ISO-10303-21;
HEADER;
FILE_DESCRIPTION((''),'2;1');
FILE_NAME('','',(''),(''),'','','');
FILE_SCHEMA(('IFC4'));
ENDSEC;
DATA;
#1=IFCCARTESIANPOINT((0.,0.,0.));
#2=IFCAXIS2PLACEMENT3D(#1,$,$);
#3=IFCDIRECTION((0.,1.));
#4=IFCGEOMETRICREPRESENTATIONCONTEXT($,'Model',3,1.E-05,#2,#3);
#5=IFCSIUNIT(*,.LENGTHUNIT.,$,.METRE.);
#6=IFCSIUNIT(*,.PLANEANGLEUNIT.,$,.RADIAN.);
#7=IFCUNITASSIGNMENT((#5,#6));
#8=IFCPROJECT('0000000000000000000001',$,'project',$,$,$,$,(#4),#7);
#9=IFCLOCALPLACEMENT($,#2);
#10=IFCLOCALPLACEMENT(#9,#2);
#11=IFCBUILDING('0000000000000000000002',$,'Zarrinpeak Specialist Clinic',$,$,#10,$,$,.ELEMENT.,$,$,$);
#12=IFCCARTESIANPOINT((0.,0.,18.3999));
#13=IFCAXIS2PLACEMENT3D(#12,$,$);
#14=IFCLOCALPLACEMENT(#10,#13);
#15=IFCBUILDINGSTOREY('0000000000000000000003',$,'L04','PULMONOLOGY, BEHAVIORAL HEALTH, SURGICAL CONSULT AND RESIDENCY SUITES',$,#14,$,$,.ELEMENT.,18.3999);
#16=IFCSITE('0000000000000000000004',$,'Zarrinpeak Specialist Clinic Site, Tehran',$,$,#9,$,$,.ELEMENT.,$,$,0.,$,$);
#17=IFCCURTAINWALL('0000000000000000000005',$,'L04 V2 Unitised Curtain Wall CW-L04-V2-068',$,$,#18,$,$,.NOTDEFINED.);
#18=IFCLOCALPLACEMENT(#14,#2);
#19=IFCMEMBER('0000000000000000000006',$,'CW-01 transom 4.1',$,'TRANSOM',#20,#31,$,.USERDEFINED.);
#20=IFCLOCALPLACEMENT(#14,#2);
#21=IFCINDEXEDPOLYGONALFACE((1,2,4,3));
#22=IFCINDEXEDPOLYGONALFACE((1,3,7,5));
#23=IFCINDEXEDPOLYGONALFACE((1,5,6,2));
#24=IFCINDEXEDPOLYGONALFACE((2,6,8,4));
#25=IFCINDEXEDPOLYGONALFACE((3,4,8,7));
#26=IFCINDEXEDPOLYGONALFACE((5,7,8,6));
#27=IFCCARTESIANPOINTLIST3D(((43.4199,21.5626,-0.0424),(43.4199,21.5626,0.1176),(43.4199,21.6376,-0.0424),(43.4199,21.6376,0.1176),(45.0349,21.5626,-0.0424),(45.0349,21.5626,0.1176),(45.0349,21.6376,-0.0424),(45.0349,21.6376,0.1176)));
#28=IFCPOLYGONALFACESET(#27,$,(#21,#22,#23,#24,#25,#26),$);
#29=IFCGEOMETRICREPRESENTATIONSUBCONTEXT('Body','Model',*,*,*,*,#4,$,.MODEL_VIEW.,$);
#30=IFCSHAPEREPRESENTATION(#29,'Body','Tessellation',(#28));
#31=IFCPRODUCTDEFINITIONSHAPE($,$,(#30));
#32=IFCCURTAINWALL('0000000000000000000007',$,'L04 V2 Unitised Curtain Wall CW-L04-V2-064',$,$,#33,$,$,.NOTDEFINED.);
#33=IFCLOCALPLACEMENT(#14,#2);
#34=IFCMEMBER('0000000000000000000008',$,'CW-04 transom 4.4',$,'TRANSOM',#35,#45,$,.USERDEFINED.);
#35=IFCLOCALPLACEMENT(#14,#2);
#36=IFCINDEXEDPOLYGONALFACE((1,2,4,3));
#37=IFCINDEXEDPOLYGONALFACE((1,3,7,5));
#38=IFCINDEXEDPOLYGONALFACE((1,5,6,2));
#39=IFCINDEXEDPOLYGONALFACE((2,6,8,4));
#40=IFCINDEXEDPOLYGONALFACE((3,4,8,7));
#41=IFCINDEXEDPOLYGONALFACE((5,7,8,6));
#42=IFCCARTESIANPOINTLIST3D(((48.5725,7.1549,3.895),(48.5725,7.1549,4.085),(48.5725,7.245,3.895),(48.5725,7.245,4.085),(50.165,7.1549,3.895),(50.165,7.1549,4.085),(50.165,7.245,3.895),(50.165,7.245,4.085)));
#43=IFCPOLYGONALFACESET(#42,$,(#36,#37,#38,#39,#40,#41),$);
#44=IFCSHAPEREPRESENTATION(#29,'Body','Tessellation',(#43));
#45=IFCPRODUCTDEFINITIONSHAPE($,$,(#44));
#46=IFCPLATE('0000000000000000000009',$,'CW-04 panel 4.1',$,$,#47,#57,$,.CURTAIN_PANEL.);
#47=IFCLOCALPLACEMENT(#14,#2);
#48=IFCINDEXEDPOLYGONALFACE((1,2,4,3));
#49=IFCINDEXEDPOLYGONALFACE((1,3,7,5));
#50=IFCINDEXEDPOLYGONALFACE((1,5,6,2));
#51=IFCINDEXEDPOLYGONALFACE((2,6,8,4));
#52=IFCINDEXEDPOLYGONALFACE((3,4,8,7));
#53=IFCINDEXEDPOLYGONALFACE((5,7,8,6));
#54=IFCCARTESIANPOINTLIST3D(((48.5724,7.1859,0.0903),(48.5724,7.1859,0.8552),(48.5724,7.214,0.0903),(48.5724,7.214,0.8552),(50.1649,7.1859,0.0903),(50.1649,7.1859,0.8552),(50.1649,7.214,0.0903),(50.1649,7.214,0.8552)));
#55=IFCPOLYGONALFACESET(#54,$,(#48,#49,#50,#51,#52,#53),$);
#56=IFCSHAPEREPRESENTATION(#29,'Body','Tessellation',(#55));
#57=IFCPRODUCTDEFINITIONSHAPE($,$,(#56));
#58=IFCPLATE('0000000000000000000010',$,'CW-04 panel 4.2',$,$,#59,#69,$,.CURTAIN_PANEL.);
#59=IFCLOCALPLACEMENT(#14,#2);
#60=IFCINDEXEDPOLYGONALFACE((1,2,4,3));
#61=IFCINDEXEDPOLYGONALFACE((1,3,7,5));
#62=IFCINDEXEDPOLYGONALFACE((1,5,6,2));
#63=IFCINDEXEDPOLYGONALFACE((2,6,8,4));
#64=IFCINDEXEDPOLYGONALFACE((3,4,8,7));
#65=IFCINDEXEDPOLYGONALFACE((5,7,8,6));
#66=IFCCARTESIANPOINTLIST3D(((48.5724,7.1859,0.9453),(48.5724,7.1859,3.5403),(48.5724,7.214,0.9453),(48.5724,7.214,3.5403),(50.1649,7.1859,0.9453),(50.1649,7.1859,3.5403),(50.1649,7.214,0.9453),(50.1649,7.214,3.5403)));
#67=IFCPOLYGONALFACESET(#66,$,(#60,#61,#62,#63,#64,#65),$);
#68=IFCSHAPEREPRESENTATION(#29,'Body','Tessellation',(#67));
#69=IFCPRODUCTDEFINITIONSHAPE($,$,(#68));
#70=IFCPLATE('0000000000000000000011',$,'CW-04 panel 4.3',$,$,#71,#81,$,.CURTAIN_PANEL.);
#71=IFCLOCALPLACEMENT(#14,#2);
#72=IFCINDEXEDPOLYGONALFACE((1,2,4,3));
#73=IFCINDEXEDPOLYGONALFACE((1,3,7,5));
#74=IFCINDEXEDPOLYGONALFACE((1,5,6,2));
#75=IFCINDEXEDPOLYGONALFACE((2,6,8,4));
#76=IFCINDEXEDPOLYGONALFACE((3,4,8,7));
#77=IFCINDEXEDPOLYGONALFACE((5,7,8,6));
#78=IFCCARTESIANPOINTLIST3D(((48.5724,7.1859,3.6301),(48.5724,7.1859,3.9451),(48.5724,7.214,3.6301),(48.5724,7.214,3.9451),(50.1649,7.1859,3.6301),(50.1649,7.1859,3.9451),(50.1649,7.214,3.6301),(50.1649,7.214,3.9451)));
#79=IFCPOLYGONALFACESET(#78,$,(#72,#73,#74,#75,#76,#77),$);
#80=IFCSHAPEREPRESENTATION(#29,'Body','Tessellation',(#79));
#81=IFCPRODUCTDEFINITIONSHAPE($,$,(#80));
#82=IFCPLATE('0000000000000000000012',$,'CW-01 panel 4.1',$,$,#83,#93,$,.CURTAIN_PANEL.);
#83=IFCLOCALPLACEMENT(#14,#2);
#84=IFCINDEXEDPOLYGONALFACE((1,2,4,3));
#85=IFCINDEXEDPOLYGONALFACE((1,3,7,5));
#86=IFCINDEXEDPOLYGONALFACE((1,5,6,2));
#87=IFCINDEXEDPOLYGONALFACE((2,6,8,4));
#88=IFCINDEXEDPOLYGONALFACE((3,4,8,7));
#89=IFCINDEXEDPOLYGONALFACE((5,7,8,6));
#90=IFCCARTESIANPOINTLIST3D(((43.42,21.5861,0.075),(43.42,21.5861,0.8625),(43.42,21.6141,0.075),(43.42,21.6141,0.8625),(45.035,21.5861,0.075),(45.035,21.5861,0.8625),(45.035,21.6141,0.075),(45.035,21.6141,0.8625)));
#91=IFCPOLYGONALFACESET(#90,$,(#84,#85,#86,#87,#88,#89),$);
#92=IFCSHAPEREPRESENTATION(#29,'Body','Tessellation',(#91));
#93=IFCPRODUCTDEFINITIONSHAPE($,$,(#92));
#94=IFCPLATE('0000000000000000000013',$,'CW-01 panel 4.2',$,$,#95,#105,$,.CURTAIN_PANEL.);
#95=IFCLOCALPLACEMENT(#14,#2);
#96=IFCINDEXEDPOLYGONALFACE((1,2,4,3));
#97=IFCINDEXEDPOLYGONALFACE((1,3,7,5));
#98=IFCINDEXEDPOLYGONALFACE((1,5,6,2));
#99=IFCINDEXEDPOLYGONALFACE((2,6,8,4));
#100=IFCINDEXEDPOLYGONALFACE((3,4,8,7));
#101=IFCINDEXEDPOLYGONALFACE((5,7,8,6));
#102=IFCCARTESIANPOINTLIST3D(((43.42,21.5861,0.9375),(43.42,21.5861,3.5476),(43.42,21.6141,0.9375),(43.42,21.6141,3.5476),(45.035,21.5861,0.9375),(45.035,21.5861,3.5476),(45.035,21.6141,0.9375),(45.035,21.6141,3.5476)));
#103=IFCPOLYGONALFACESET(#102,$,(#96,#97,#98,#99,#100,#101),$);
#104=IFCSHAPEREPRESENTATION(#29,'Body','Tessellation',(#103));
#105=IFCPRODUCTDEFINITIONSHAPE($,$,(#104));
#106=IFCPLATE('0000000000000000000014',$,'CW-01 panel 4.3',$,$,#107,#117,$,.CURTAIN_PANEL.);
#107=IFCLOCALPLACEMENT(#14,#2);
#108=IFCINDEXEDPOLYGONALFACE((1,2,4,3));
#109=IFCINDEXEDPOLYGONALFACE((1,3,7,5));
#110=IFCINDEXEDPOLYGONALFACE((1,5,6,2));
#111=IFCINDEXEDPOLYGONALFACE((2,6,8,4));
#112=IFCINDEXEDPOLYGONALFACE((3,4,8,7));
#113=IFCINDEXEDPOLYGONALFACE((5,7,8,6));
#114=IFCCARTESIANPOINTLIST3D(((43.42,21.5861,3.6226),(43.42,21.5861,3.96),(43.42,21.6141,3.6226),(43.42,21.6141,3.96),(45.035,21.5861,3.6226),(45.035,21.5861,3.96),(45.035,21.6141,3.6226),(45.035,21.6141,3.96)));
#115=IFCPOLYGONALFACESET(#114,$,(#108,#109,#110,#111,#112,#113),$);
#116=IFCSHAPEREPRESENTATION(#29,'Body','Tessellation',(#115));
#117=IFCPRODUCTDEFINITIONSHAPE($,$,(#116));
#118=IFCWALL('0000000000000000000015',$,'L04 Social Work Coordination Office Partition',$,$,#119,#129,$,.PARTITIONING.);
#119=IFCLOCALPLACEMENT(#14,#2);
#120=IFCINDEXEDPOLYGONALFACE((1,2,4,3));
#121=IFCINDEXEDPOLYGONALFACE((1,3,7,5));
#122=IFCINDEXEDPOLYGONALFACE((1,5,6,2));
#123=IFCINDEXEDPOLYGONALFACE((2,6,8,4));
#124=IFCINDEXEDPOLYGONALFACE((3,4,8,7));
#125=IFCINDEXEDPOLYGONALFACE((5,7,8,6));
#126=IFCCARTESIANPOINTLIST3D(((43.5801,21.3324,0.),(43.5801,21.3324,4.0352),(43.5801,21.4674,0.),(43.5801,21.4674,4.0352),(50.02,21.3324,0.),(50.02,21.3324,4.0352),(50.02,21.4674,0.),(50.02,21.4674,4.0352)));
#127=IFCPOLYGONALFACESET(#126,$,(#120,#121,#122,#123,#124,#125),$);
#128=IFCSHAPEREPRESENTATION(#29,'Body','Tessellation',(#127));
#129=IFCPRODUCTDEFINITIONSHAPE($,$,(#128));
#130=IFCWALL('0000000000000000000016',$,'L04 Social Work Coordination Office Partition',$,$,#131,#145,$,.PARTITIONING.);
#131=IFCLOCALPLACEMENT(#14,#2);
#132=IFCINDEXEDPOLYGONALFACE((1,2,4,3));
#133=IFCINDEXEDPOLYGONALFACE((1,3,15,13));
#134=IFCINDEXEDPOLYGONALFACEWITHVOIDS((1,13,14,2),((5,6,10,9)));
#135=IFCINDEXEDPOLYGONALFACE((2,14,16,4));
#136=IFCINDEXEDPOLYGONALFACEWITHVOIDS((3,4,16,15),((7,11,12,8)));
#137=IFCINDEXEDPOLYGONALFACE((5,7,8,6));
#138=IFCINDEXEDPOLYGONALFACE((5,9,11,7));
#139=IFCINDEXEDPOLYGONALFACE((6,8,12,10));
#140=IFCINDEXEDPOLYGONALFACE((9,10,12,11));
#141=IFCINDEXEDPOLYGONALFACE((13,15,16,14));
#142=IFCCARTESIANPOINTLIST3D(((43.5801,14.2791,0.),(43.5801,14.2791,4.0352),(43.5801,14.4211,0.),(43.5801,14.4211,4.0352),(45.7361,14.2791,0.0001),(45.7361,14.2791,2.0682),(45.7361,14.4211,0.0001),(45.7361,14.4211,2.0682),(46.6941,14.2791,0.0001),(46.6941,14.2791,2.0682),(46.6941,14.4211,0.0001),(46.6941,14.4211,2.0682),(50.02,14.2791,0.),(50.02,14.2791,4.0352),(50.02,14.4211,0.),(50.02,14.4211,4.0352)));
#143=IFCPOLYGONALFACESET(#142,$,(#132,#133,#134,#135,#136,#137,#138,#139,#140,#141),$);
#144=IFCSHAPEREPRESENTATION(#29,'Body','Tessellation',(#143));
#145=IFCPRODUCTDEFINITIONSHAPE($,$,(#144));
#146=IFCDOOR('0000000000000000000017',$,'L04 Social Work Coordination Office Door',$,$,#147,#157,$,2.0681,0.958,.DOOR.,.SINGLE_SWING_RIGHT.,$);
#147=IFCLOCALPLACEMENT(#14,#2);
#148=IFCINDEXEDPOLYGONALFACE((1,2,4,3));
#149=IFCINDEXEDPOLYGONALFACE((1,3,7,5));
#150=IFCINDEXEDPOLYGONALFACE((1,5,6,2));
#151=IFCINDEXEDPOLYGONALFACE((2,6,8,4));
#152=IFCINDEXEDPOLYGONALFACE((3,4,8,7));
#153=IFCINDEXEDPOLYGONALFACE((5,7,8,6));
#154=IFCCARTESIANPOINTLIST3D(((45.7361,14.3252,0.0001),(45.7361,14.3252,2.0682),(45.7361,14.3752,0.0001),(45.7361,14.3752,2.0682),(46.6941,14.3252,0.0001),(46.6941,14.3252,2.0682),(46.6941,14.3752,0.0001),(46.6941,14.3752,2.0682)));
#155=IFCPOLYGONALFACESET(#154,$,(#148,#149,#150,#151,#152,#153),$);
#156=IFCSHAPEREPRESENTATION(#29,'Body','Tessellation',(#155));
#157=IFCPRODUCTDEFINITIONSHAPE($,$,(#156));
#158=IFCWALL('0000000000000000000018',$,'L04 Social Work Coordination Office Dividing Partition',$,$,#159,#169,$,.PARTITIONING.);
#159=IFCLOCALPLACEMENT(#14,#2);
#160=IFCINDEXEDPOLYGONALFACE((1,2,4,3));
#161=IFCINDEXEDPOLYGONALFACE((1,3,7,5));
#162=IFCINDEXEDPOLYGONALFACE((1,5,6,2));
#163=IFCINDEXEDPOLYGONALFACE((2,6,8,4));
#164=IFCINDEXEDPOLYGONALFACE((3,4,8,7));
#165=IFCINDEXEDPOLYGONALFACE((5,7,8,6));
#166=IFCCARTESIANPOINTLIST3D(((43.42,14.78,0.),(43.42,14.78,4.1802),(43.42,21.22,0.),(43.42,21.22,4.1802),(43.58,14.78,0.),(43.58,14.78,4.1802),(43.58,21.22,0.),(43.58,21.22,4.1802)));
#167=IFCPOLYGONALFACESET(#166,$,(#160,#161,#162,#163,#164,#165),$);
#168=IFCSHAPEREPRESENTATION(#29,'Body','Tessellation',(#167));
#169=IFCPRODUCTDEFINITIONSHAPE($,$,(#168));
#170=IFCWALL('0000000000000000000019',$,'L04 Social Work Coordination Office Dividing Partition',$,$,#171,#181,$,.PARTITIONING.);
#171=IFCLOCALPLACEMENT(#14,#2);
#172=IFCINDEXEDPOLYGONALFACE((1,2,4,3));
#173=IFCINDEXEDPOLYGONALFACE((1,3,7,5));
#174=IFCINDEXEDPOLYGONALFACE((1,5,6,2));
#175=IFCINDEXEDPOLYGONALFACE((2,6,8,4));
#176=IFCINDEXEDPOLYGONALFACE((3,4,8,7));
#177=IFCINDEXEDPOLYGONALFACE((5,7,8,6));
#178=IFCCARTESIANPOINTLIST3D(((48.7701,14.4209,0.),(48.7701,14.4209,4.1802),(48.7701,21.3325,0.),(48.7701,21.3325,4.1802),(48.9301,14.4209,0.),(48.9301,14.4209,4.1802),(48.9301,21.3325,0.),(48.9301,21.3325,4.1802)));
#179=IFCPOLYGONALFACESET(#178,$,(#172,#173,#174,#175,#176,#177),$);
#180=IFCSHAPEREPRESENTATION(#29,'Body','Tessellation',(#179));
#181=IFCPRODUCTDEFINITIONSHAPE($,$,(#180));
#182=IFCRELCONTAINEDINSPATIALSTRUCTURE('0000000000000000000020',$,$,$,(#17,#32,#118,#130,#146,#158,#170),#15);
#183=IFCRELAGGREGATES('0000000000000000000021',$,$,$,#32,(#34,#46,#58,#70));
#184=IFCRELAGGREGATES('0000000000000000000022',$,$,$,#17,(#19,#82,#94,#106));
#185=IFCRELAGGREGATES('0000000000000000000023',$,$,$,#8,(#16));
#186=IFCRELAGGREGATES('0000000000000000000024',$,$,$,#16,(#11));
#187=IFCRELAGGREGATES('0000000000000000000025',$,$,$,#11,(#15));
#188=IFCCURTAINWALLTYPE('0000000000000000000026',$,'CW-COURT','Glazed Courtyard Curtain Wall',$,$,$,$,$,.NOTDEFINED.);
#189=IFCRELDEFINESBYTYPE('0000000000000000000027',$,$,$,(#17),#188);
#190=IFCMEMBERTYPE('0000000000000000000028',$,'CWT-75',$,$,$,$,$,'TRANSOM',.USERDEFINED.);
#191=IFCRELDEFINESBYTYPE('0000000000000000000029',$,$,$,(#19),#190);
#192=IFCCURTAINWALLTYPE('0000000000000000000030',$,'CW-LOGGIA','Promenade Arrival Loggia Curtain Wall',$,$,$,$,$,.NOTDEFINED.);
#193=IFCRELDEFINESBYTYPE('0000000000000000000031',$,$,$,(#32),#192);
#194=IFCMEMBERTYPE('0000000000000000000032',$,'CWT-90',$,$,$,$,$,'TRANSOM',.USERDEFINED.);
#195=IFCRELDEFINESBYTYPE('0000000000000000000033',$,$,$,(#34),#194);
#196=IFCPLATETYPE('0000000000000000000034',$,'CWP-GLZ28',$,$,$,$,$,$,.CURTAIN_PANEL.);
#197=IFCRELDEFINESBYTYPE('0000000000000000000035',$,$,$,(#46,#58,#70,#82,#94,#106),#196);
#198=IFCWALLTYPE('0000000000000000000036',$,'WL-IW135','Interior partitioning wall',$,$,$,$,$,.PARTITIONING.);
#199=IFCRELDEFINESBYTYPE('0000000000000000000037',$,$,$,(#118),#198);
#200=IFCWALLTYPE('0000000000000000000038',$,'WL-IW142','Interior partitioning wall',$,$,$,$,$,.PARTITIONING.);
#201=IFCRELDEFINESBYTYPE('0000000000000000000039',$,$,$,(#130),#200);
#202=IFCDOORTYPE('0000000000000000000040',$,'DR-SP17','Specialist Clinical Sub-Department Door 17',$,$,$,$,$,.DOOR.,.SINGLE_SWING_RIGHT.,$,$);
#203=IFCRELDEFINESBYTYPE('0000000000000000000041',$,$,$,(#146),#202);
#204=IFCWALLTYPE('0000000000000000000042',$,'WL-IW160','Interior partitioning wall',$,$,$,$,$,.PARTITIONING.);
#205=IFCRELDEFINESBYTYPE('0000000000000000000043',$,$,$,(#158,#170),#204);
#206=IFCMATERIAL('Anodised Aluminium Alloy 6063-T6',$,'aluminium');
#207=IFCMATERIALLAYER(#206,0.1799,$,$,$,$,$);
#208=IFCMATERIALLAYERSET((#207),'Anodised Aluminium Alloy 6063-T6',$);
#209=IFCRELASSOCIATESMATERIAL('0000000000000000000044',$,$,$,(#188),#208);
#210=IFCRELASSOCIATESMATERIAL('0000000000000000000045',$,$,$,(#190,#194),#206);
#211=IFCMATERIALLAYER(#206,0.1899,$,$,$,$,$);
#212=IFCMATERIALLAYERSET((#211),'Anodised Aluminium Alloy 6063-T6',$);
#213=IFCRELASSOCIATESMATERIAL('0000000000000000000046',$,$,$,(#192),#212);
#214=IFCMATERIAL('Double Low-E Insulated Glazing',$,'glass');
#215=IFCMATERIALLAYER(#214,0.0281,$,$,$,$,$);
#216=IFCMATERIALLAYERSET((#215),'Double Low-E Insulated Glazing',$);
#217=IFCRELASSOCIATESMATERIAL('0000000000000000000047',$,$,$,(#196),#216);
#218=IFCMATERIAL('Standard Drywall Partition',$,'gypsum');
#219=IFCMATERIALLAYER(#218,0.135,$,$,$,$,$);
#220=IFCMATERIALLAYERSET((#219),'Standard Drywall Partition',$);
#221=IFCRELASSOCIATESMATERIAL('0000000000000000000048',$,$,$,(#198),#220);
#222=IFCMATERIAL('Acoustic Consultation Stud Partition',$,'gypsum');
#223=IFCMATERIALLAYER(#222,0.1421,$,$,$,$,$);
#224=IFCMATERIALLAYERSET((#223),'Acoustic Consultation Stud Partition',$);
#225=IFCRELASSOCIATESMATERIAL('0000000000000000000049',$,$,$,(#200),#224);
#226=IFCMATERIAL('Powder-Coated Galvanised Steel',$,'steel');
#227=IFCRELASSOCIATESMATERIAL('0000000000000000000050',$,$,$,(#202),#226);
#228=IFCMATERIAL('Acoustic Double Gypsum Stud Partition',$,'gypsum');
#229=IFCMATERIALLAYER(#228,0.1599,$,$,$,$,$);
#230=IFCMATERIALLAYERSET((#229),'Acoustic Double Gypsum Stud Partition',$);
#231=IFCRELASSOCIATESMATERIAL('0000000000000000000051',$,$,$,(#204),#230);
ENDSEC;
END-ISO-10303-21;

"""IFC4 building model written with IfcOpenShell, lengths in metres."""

from ifc_helpers import new_model, si_unit, direction, frame, frame_2d, origin, origin_2d, place, context, subcontext, project, spatial, rectangle, extrude, material, layer, layer_set, material_profile, profile_set, type_object, element, fill, aggregate, save


model = new_model("IFC4")

# Units and contexts
model_context = context("Model", 3, precision=1e-05, world=origin(), true_north=direction((0.0, 1.0)))
body_context = subcontext(model_context, "Body", "Model", "MODEL_VIEW")
ifc_project = project(units=[si_unit("LENGTHUNIT", "METRE"), si_unit("PLANEANGLEUNIT", "RADIAN")], contexts=[model_context])

# Site, building, storey
site_placement = place(None, origin())
site = spatial("IfcSite", under=ifc_project, at=site_placement, Name="Zarrinpeak Specialist Clinic Site, Tehran", CompositionType="ELEMENT", RefElevation=0.0)
building_placement = place(site_placement, origin())
building = spatial("IfcBuilding", under=site, at=building_placement, Name="Zarrinpeak Specialist Clinic", CompositionType="ELEMENT")
storey_placement = place(building_placement, frame((0.0, 0.0, 18.3999)))
storey = spatial("IfcBuildingStorey", under=building, at=storey_placement, Name="L04", Description="PULMONOLOGY, BEHAVIORAL HEALTH, SURGICAL CONSULT AND RESIDENCY SUITES", CompositionType="ELEMENT", Elevation=18.3999)

# Curtain wall, member
ifc_material_1 = material(Name="Anodised Aluminium Alloy 6063-T6", Category="aluminium")
ifc_layer_1 = layer(ifc_material_1, 0.1799)
ifc_layer_set_1 = layer_set([ifc_layer_1], Name="Anodised Aluminium Alloy 6063-T6")
curtain_wall_type_1 = type_object("IfcCurtainWallType", Name="CW-COURT", Description="Glazed Courtyard Curtain Wall", PredefinedType="NOTDEFINED", material=ifc_layer_set_1)
curtain_wall_1_placement = place(storey_placement, origin())
curtain_wall_1 = element("IfcCurtainWall", 1, at=curtain_wall_1_placement, inside=storey, type_object=curtain_wall_type_1, Name="L04 V2 Unitised Curtain Wall CW-L04-V2-068", PredefinedType="NOTDEFINED")
ifc_material_profile_1 = material_profile(ifc_material_1, rectangle(XDim=0.075, YDim=0.1599, at=origin_2d()), Name="ALU 75x160")
ifc_profile_set_1 = profile_set([ifc_material_profile_1], Name="Anodised Aluminium Alloy 6063-T6")
member_type_1 = type_object("IfcMemberType", Name="CWT-75", ElementType="TRANSOM", PredefinedType="USERDEFINED", material=ifc_profile_set_1)
member_1_placement = place(storey_placement, frame((45.0349, 21.6001, 0.0376), z_axis=(-1.0, 0.0, 0.0), x_axis=(0.0, -1.0, 0.0)))
member_1 = element("IfcMember", 2, at=member_1_placement, type_object=member_type_1, Name="CW-01 transom 4.1", ObjectType="TRANSOM", PredefinedType="USERDEFINED", context=body_context, shape_type="SweptSolid", body=[
    extrude(rectangle(XDim=0.075, YDim=0.1599, at=origin_2d()), origin(), (0.0, 0.0, 1.0), 1.615),
])

# Curtain wall, member, plates
ifc_layer_2 = layer(ifc_material_1, 0.1899)
ifc_layer_set_2 = layer_set([ifc_layer_2], Name="Anodised Aluminium Alloy 6063-T6")
curtain_wall_type_2 = type_object("IfcCurtainWallType", Name="CW-LOGGIA", Description="Promenade Arrival Loggia Curtain Wall", PredefinedType="NOTDEFINED", material=ifc_layer_set_2)
curtain_wall_2_placement = place(storey_placement, origin())
curtain_wall_2 = element("IfcCurtainWall", 3, at=curtain_wall_2_placement, inside=storey, type_object=curtain_wall_type_2, Name="L04 V2 Unitised Curtain Wall CW-L04-V2-064", PredefinedType="NOTDEFINED")
ifc_material_profile_2 = material_profile(ifc_material_1, rectangle(XDim=0.0901, YDim=0.1899, at=origin_2d()), Name="ALU 90x190")
ifc_profile_set_2 = profile_set([ifc_material_profile_2], Name="Anodised Aluminium Alloy 6063-T6")
member_type_2 = type_object("IfcMemberType", Name="CWT-90", ElementType="TRANSOM", PredefinedType="USERDEFINED", material=ifc_profile_set_2)
member_2_placement = place(storey_placement, frame((48.5725, 7.2, 3.99), z_axis=(1.0, 0.0, 0.0), x_axis=(0.0, 1.0, 0.0)))
member_2 = element("IfcMember", 4, at=member_2_placement, type_object=member_type_2, Name="CW-04 transom 4.4", ObjectType="TRANSOM", PredefinedType="USERDEFINED", context=body_context, shape_type="SweptSolid", body=[
    extrude(rectangle(XDim=0.0901, YDim=0.1899, at=origin_2d()), origin(), (0.0, 0.0, 1.0), 1.5925),
])
ifc_material_2 = material(Name="Double Low-E Insulated Glazing", Category="glass")
ifc_layer_3 = layer(ifc_material_2, 0.0281)
ifc_layer_set_3 = layer_set([ifc_layer_3], Name="Double Low-E Insulated Glazing")
plate_type = type_object("IfcPlateType", Name="CWP-GLZ28", PredefinedType="CURTAIN_PANEL", material=ifc_layer_set_3)
plate_1_placement = place(storey_placement, frame((49.3687, 7.2, 0.0903), z_axis=(0.0, 0.0, 1.0), x_axis=(1.0, 0.0, 0.0)))
plate_1 = element("IfcPlate", 5, at=plate_1_placement, type_object=plate_type, Name="CW-04 panel 4.1", PredefinedType="CURTAIN_PANEL", context=body_context, shape_type="SweptSolid", body=[
    extrude(rectangle(XDim=1.5925, YDim=0.0281, at=origin_2d()), origin(), (0.0, 0.0, 1.0), 0.7649),
])
plate_2_placement = place(storey_placement, frame((49.3687, 7.2, 0.9453), z_axis=(0.0, 0.0, 1.0), x_axis=(1.0, 0.0, 0.0)))
plate_2 = element("IfcPlate", 6, at=plate_2_placement, type_object=plate_type, Name="CW-04 panel 4.2", PredefinedType="CURTAIN_PANEL", context=body_context, shape_type="SweptSolid", body=[
    extrude(rectangle(XDim=1.5925, YDim=0.0281, at=origin_2d()), origin(), (0.0, 0.0, 1.0), 2.595),
])
plate_3_placement = place(storey_placement, frame((49.3687, 7.2, 3.6301), z_axis=(0.0, 0.0, 1.0), x_axis=(1.0, 0.0, 0.0)))
plate_3 = element("IfcPlate", 7, at=plate_3_placement, type_object=plate_type, Name="CW-04 panel 4.3", PredefinedType="CURTAIN_PANEL", context=body_context, shape_type="SweptSolid", body=[
    extrude(rectangle(XDim=1.5925, YDim=0.0281, at=origin_2d()), origin(), (0.0, 0.0, 1.0), 0.3149),
])
aggregate(curtain_wall_2, [member_2, plate_1, plate_2, plate_3])

# Plates
plate_4_placement = place(storey_placement, frame((44.2275, 21.6001, 0.075), z_axis=(0.0, 0.0, 1.0), x_axis=(-1.0, 0.0, 0.0)))
plate_4 = element("IfcPlate", 8, at=plate_4_placement, type_object=plate_type, Name="CW-01 panel 4.1", PredefinedType="CURTAIN_PANEL", context=body_context, shape_type="SweptSolid", body=[
    extrude(rectangle(XDim=1.615, YDim=0.0281, at=origin_2d()), origin(), (0.0, 0.0, 1.0), 0.7876),
])
plate_5_placement = place(storey_placement, frame((44.2275, 21.6001, 0.9375), z_axis=(0.0, 0.0, 1.0), x_axis=(-1.0, 0.0, 0.0)))
plate_5 = element("IfcPlate", 9, at=plate_5_placement, type_object=plate_type, Name="CW-01 panel 4.2", PredefinedType="CURTAIN_PANEL", context=body_context, shape_type="SweptSolid", body=[
    extrude(rectangle(XDim=1.615, YDim=0.0281, at=origin_2d()), origin(), (0.0, 0.0, 1.0), 2.6101),
])
plate_6_placement = place(storey_placement, frame((44.2275, 21.6001, 3.6226), z_axis=(0.0, 0.0, 1.0), x_axis=(-1.0, 0.0, 0.0)))
plate_6 = element("IfcPlate", 10, at=plate_6_placement, type_object=plate_type, Name="CW-01 panel 4.3", PredefinedType="CURTAIN_PANEL", context=body_context, shape_type="SweptSolid", body=[
    extrude(rectangle(XDim=1.615, YDim=0.0281, at=origin_2d()), origin(), (0.0, 0.0, 1.0), 0.3374),
])
aggregate(curtain_wall_1, [member_1, plate_4, plate_5, plate_6])

# Wall
ifc_material_3 = material(Name="Standard Drywall Partition", Category="gypsum")
ifc_layer_4 = layer(ifc_material_3, 0.135)
ifc_layer_set_4 = layer_set([ifc_layer_4], Name="Standard Drywall Partition")
wall_type_1 = type_object("IfcWallType", Name="WL-IW135", Description="Interior partitioning wall", PredefinedType="PARTITIONING", material=ifc_layer_set_4)
wall_1_placement = place(storey_placement, frame((43.5801, 21.3999, 0.0), z_axis=(0.0, 0.0, 1.0), x_axis=(1.0, 0.0, 0.0)))
element("IfcWall", 11, at=wall_1_placement, inside=storey, type_object=wall_type_1, Name="L04 Social Work Coordination Office Partition", PredefinedType="PARTITIONING", context=body_context, shape_type="SweptSolid", body=[
    extrude(rectangle(XDim=6.4399, YDim=0.135, at=frame_2d((3.22, 0.0))), origin(), (0.0, 0.0, 1.0), 4.0352),
])

# Wall, opening, door
ifc_material_4 = material(Name="Acoustic Consultation Stud Partition", Category="gypsum")
ifc_layer_5 = layer(ifc_material_4, 0.1421)
ifc_layer_set_5 = layer_set([ifc_layer_5], Name="Acoustic Consultation Stud Partition")
wall_type_2 = type_object("IfcWallType", Name="WL-IW142", Description="Interior partitioning wall", PredefinedType="PARTITIONING", material=ifc_layer_set_5)
wall_2_placement = place(storey_placement, frame((43.5801, 14.3501, 0.0), z_axis=(0.0, 0.0, 1.0), x_axis=(1.0, 0.0, 0.0)))
wall_2 = element("IfcWall", 12, at=wall_2_placement, inside=storey, type_object=wall_type_2, Name="L04 Social Work Coordination Office Partition", PredefinedType="PARTITIONING", context=body_context, shape_type="SweptSolid", body=[
    extrude(rectangle(XDim=6.4399, YDim=0.1421, at=frame_2d((3.22, 0.0))), origin(), (0.0, 0.0, 1.0), 4.0352),
])
opening_placement = place(wall_2_placement, frame((2.156, 0.0, 0.0)))
opening = element("IfcOpeningElement", 13, at=opening_placement, cuts=wall_2, PredefinedType="OPENING", context=body_context, shape_type="SweptSolid", body=[
    extrude(rectangle(XDim=0.958, YDim=2.0681, at=frame_2d((0.479, 1.0342))), frame((0.0, 0.0811, 0.0), z_axis=(0.0, -1.0, 0.0), x_axis=(1.0, 0.0, 0.0)), (0.0, 0.0, 1.0), 0.1621),
])
ifc_material_5 = material(Name="Powder-Coated Galvanised Steel", Category="steel")
door_type = type_object("IfcDoorType", Name="DR-SP17", Description="Specialist Clinical Sub-Department Door 17", OperationType="SINGLE_SWING_RIGHT", PredefinedType="DOOR", material=ifc_material_5)
door_placement = place(opening_placement, frame((0.958, 0.0, 0.0), z_axis=(0.0, 0.0, 1.0), x_axis=(-1.0, 0.0, 0.0)))
door = element("IfcDoor", 14, at=door_placement, inside=storey, type_object=door_type, Name="L04 Social Work Coordination Office Door", OperationType="SINGLE_SWING_RIGHT", OverallHeight=2.0681, OverallWidth=0.958, PredefinedType="DOOR", context=body_context, shape_type="SweptSolid", body=[
    extrude(rectangle(XDim=0.958, YDim=2.0681, at=frame_2d((0.479, 1.0342))), frame((0.0, 0.0249, 0.0), z_axis=(0.0, -1.0, 0.0), x_axis=(1.0, 0.0, 0.0)), (0.0, 0.0, 1.0), 0.05),
])
fill(opening, door)

# Walls
ifc_material_6 = material(Name="Acoustic Double Gypsum Stud Partition", Category="gypsum")
ifc_layer_6 = layer(ifc_material_6, 0.1599)
ifc_layer_set_6 = layer_set([ifc_layer_6], Name="Acoustic Double Gypsum Stud Partition")
wall_type_3 = type_object("IfcWallType", Name="WL-IW160", Description="Interior partitioning wall", PredefinedType="PARTITIONING", material=ifc_layer_set_6)
wall_3_placement = place(storey_placement, frame((43.5, 14.78, 0.0), z_axis=(0.0, 0.0, 1.0), x_axis=(0.0, 1.0, 0.0)))
element("IfcWall", 15, at=wall_3_placement, inside=storey, type_object=wall_type_3, Name="L04 Social Work Coordination Office Dividing Partition", PredefinedType="PARTITIONING", context=body_context, shape_type="SweptSolid", body=[
    extrude(rectangle(XDim=6.4399, YDim=0.1599, at=frame_2d((3.22, 0.0))), origin(), (0.0, 0.0, 1.0), 4.1802),
])
wall_4_placement = place(storey_placement, frame((48.8501, 14.4209, 0.0), z_axis=(0.0, 0.0, 1.0), x_axis=(0.0, 1.0, 0.0)))
element("IfcWall", 16, at=wall_4_placement, inside=storey, type_object=wall_type_3, Name="L04 Social Work Coordination Office Dividing Partition", PredefinedType="PARTITIONING", context=body_context, shape_type="SweptSolid", body=[
    extrude(rectangle(XDim=6.9116, YDim=0.1599, at=frame_2d((3.4558, 0.0))), origin(), (0.0, 0.0, 1.0), 4.1802),
])

save(model, "model.ifc")
